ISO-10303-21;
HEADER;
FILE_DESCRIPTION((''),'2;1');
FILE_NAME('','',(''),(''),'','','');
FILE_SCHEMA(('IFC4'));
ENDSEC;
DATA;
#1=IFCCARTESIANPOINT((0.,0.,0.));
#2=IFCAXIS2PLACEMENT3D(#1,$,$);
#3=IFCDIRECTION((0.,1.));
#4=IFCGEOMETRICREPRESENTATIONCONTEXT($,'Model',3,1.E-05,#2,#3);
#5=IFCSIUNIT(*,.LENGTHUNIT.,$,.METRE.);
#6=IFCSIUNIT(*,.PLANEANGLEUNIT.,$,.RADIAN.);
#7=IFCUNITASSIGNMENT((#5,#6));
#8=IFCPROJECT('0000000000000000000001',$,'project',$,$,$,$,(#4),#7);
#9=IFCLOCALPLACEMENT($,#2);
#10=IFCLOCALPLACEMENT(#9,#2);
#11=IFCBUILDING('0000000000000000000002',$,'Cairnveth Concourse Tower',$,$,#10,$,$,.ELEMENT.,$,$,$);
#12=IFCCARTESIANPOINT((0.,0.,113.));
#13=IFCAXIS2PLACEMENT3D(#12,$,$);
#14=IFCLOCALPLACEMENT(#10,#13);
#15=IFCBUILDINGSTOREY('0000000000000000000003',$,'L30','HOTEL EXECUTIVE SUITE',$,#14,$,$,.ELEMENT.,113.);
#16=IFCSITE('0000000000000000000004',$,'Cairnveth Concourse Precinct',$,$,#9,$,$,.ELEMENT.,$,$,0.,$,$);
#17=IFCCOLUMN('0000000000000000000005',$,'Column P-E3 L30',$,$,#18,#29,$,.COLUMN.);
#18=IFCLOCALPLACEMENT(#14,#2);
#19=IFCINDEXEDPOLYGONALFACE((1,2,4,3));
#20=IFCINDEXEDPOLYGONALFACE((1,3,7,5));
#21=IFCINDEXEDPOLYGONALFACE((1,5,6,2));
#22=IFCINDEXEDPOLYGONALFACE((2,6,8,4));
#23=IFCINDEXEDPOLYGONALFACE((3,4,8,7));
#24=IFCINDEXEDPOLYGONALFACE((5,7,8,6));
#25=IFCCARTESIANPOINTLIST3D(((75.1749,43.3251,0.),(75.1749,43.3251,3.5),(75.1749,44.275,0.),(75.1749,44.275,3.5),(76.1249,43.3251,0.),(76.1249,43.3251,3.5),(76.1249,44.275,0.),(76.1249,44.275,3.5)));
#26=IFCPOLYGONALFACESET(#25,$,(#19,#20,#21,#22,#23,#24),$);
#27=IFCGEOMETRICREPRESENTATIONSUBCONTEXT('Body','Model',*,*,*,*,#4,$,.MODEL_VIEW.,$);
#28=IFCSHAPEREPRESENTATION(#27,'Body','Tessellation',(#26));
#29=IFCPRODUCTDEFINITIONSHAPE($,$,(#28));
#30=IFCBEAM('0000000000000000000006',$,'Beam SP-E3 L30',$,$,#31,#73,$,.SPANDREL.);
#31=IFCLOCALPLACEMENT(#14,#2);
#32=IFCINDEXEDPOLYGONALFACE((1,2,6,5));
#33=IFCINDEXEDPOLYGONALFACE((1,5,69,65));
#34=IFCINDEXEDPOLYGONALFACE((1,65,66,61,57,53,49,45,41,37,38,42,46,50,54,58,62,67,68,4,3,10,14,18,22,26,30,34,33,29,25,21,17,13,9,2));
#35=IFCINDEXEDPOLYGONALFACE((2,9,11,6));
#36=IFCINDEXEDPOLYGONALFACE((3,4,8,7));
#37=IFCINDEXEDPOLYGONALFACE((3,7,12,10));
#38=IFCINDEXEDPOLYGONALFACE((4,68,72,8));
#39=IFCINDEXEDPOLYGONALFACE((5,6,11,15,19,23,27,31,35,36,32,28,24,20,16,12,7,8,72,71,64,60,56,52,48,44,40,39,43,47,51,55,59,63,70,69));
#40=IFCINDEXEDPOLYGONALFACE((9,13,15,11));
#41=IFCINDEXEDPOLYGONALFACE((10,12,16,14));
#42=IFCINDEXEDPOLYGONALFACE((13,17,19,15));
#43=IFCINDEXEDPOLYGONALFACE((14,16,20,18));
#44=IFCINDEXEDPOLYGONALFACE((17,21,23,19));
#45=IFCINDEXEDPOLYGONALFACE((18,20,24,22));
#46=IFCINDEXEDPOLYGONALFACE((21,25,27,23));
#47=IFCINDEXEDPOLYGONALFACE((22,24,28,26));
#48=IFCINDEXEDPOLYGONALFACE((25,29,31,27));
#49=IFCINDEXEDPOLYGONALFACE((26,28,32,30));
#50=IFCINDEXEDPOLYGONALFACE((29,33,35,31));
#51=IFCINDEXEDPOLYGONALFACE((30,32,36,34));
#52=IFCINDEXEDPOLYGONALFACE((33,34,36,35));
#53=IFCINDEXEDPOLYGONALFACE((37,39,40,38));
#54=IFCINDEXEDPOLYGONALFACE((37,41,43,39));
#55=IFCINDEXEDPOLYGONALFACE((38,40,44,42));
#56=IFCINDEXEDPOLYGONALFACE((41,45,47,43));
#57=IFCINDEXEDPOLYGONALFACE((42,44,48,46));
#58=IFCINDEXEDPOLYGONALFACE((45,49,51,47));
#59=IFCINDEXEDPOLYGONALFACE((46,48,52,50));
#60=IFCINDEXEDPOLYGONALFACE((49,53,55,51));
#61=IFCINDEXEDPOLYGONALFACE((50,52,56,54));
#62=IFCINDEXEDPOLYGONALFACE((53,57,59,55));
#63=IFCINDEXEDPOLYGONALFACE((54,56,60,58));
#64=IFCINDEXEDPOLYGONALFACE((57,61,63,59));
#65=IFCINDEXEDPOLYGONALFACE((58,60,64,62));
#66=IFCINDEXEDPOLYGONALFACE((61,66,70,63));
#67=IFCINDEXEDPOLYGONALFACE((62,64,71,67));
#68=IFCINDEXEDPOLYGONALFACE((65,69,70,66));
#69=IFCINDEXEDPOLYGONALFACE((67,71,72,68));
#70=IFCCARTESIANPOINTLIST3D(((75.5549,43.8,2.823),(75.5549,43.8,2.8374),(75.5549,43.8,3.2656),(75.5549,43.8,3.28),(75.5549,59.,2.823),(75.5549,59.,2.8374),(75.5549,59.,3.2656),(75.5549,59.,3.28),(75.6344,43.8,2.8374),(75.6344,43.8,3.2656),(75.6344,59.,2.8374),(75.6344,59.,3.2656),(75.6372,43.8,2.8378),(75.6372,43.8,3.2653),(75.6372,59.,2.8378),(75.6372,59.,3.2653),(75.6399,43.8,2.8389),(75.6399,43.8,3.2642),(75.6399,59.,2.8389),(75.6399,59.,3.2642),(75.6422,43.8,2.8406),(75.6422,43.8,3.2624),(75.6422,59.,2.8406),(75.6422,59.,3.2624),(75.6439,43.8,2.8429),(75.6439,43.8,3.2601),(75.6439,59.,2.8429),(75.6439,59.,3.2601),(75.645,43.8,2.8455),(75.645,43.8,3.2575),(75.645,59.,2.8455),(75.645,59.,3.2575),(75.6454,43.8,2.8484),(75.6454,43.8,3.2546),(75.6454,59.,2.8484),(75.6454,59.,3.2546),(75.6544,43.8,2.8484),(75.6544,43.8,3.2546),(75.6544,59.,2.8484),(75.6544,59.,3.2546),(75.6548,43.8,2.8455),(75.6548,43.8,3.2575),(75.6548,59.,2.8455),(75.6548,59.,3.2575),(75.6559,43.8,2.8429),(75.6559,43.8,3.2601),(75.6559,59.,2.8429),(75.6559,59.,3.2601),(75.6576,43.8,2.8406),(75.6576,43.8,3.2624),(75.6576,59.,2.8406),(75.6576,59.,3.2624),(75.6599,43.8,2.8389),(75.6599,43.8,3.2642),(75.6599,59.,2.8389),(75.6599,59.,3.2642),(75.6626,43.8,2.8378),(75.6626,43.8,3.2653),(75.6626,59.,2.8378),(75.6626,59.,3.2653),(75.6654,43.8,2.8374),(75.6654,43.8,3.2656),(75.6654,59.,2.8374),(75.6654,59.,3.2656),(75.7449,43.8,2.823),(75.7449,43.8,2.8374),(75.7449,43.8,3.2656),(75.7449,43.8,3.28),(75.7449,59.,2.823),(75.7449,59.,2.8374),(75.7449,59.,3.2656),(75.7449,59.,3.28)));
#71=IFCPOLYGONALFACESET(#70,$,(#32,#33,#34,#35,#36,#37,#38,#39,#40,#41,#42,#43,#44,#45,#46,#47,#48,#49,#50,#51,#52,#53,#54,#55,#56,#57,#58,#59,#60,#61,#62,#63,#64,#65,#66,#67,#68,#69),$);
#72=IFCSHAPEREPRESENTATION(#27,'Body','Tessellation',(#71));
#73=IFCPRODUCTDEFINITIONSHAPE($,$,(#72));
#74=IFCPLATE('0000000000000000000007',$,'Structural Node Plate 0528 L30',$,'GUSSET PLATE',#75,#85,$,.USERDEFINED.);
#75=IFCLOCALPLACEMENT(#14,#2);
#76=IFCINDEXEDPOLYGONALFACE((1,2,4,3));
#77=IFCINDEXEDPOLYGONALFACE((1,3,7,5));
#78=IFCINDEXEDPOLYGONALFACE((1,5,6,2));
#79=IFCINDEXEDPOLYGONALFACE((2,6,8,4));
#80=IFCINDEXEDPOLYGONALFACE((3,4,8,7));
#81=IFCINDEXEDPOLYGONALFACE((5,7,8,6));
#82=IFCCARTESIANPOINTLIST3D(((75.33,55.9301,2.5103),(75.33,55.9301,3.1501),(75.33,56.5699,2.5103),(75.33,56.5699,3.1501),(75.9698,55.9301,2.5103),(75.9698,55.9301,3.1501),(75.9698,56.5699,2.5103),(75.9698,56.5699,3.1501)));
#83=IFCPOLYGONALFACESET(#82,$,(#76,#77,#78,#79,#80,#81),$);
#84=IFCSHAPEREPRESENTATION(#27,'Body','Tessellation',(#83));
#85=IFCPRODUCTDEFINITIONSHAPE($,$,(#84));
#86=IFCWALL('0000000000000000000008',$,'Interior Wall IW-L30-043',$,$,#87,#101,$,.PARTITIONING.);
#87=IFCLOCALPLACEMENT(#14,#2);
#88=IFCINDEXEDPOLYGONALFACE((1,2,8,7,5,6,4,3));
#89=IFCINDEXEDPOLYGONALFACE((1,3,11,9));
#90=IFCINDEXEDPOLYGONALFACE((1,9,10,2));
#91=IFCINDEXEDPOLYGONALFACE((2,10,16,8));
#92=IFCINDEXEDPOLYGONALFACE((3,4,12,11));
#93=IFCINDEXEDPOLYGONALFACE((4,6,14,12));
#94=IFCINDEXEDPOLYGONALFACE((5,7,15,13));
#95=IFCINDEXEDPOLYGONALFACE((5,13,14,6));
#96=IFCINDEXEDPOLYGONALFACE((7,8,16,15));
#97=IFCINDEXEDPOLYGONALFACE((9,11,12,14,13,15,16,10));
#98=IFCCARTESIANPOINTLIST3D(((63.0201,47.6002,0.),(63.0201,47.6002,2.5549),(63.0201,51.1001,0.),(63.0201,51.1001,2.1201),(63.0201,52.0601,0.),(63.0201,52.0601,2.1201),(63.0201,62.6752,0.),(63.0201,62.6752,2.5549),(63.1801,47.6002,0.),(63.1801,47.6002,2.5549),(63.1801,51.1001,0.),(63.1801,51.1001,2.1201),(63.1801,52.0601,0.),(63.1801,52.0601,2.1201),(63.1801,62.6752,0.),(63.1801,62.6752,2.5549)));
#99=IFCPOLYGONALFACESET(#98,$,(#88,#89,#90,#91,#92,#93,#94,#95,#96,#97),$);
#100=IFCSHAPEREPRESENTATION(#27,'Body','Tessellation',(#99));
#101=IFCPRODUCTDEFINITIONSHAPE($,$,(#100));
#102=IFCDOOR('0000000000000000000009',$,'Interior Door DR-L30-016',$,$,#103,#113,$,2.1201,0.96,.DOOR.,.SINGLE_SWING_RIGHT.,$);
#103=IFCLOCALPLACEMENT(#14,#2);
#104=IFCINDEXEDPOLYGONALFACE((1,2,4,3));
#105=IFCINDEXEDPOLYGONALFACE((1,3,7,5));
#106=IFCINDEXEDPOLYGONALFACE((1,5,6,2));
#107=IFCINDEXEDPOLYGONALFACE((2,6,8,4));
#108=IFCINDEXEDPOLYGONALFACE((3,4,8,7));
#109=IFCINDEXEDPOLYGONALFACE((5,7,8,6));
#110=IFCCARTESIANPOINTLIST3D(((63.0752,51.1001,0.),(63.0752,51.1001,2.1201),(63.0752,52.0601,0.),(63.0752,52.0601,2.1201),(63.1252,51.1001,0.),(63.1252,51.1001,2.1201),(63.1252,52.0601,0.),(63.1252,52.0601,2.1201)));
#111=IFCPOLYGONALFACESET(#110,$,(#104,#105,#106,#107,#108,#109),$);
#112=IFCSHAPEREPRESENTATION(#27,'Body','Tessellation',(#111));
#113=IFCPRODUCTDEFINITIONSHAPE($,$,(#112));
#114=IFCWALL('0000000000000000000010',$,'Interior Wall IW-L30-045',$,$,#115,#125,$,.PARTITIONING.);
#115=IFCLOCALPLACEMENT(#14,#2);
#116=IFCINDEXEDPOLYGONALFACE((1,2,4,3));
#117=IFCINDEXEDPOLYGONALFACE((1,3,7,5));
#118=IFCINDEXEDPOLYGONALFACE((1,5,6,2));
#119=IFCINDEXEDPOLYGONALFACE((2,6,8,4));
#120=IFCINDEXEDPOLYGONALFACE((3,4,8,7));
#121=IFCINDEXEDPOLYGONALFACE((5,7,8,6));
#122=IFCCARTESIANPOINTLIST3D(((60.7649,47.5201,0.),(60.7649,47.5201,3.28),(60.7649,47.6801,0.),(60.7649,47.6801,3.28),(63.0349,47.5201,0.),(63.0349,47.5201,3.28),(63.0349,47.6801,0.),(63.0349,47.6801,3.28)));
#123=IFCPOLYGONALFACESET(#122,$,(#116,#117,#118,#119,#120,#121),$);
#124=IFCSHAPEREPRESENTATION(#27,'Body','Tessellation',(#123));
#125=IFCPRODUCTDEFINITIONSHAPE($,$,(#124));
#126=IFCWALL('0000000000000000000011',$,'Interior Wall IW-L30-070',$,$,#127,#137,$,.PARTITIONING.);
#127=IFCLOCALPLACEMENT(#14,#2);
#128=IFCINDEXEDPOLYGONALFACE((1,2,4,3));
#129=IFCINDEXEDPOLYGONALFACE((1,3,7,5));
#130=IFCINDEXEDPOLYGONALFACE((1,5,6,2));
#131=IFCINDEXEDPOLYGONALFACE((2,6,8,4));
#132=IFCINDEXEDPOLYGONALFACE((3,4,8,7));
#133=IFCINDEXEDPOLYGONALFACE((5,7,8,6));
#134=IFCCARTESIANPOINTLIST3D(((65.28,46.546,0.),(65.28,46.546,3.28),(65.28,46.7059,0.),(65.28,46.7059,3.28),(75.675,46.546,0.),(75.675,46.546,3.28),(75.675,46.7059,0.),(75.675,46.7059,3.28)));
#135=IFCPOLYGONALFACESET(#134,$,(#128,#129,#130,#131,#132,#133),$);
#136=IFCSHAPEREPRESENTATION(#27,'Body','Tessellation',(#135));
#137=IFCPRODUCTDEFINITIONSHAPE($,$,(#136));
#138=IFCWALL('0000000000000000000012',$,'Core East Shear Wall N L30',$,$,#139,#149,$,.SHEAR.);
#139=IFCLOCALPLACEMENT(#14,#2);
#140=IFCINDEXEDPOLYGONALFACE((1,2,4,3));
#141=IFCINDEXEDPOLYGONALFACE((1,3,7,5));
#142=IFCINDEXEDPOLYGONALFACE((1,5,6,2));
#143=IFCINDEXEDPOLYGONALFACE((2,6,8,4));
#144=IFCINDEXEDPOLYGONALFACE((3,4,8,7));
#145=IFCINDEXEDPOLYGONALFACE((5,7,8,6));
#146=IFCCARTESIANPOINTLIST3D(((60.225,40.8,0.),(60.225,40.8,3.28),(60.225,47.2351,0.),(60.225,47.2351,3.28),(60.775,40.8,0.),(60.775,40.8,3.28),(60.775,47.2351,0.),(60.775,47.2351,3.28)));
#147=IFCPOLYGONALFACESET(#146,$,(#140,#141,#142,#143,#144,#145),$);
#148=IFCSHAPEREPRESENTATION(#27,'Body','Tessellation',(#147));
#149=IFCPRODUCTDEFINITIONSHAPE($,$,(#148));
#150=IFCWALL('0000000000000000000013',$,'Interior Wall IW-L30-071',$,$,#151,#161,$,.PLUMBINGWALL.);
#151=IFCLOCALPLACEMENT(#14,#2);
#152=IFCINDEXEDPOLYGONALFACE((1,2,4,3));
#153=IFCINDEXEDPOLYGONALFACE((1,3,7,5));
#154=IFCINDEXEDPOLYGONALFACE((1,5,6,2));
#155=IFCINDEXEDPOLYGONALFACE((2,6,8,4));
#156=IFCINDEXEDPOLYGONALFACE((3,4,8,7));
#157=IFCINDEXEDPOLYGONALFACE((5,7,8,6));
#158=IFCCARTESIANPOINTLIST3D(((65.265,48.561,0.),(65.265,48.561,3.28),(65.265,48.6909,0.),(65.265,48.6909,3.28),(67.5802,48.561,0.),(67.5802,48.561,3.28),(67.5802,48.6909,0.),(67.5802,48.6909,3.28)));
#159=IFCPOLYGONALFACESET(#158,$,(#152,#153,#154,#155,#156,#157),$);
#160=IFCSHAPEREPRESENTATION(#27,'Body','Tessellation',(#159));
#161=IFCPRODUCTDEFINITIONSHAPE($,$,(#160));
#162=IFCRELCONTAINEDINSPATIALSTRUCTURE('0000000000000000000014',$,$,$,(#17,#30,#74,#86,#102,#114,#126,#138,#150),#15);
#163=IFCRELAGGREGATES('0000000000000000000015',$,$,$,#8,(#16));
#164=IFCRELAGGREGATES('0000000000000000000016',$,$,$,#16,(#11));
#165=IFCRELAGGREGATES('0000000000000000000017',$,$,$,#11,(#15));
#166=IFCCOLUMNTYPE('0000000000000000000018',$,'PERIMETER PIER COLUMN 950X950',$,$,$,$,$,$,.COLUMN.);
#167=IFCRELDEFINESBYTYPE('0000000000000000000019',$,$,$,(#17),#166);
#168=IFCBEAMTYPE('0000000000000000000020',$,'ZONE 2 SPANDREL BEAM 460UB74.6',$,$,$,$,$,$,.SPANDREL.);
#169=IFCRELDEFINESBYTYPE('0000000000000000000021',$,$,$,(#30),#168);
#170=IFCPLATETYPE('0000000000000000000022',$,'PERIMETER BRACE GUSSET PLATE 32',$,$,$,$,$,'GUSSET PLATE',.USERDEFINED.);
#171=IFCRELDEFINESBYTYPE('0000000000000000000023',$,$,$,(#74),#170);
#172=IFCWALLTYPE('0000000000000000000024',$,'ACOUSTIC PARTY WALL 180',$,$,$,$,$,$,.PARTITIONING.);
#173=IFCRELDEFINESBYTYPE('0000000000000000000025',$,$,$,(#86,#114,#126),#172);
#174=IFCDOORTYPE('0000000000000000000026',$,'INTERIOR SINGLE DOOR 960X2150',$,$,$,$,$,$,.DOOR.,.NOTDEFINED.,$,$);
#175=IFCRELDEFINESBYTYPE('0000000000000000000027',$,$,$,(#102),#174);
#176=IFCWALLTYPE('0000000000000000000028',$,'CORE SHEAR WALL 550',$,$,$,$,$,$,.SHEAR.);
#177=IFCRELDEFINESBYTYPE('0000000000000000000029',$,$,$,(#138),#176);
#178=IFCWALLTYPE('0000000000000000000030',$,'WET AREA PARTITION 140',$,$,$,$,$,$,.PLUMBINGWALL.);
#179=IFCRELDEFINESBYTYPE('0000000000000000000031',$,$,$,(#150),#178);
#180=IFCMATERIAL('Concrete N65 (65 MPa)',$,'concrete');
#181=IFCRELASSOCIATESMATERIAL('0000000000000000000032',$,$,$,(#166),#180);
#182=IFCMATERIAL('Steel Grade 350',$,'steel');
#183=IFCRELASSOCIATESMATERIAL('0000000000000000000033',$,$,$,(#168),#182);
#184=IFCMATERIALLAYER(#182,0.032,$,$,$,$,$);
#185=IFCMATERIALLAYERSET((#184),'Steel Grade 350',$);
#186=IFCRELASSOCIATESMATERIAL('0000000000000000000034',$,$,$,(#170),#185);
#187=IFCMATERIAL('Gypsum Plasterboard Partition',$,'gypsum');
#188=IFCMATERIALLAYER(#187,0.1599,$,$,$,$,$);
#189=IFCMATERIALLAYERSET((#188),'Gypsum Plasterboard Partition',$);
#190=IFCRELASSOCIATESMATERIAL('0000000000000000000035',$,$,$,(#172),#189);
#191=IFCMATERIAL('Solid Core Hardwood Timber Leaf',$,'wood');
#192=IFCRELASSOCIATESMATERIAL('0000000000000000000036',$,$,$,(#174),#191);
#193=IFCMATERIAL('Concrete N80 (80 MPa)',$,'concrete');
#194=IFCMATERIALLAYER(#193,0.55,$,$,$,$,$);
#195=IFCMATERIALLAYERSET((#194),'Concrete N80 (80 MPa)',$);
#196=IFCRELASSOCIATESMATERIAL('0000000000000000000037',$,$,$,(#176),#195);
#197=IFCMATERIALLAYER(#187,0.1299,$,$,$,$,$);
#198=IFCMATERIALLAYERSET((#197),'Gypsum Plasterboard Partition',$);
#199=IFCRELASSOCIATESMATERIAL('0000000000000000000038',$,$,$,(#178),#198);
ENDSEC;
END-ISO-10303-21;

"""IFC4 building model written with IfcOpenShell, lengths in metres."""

from ifc_helpers import new_model, si_unit, direction, frame, frame_2d, origin, origin_2d, place, context, subcontext, project, spatial, rectangle, i_section, extrude, material, layer, layer_set, material_profile, profile_set, type_object, element, fill, save


model = new_model("IFC4")

# Units and contexts
model_context = context("Model", 3, precision=1e-05, world=origin(), true_north=direction((0.0, 1.0)))
body_context = subcontext(model_context, "Body", "Model", "MODEL_VIEW")
ifc_project = project(units=[si_unit("LENGTHUNIT", "METRE"), si_unit("PLANEANGLEUNIT", "RADIAN")], contexts=[model_context])

# Site, building, storey
site_placement = place(None, origin())
site = spatial("IfcSite", under=ifc_project, at=site_placement, Name="Cairnveth Concourse Precinct", CompositionType="ELEMENT", RefElevation=0.0)
building_placement = place(site_placement, origin())
building = spatial("IfcBuilding", under=site, at=building_placement, Name="Cairnveth Concourse Tower", CompositionType="ELEMENT")
storey_placement = place(building_placement, frame((0.0, 0.0, 113.0)))
storey = spatial("IfcBuildingStorey", under=building, at=storey_placement, Name="L30", Description="HOTEL EXECUTIVE SUITE", CompositionType="ELEMENT", Elevation=113.0)

# Column
ifc_material_1 = material(Name="Concrete N65 (65 MPa)", Category="concrete")
ifc_material_profile_1 = material_profile(ifc_material_1, rectangle(XDim=0.95, YDim=0.95, at=origin_2d()), Name="RC-COL-950x950")
ifc_profile_set_1 = profile_set([ifc_material_profile_1], Name="Concrete N65 (65 MPa)")
column_type = type_object("IfcColumnType", Name="PERIMETER PIER COLUMN 950X950", PredefinedType="COLUMN", material=ifc_profile_set_1)
column_placement = place(storey_placement, frame((75.6499, 43.8, 0.0), z_axis=(0.0, 0.0, 1.0), x_axis=(0.0, 1.0, 0.0)))
element("IfcColumn", 1, at=column_placement, inside=storey, type_object=column_type, Name="Column P-E3 L30", PredefinedType="COLUMN", context=body_context, shape_type="SweptSolid", body=[
    extrude(rectangle(XDim=0.95, YDim=0.95, at=origin_2d()), origin(), (0.0, 0.0, 1.0), 3.5),
])

# Beam
ifc_material_2 = material(Name="Steel Grade 350", Category="steel")
ifc_material_profile_2 = material_profile(ifc_material_2, i_section(OverallWidth=0.1899, OverallDepth=0.457, WebThickness=0.009, FlangeThickness=0.0144, FilletRadius=0.011, at=origin_2d()), Name="460UB74.6")
ifc_profile_set_2 = profile_set([ifc_material_profile_2], Name="Steel Grade 350")
beam_type = type_object("IfcBeamType", Name="ZONE 2 SPANDREL BEAM 460UB74.6", PredefinedType="SPANDREL", material=ifc_profile_set_2)
beam_placement = place(storey_placement, frame((75.6499, 43.8, 3.0515), z_axis=(0.0, 1.0, 0.0), x_axis=(-1.0, 0.0, 0.0)))
element("IfcBeam", 2, at=beam_placement, inside=storey, type_object=beam_type, Name="Beam SP-E3 L30", PredefinedType="SPANDREL", context=body_context, shape_type="SweptSolid", body=[
    extrude(i_section(OverallWidth=0.1899, OverallDepth=0.457, WebThickness=0.009, FlangeThickness=0.0144, FilletRadius=0.011, at=origin_2d()), origin(), (0.0, 0.0, 1.0), 15.2),
])

# Plate
ifc_layer_1 = layer(ifc_material_2, 0.032)
ifc_layer_set_1 = layer_set([ifc_layer_1], Name="Steel Grade 350")
plate_type = type_object("IfcPlateType", Name="PERIMETER BRACE GUSSET PLATE 32", ElementType="GUSSET PLATE", PredefinedType="USERDEFINED", material=ifc_layer_set_1)
plate_placement = place(storey_placement, frame((75.6499, 56.25, 2.5103), z_axis=(0.0, 0.0, 1.0), x_axis=(1.0, 0.0, 0.0)))
element("IfcPlate", 3, at=plate_placement, inside=storey, type_object=plate_type, Name="Structural Node Plate 0528 L30", ObjectType="GUSSET PLATE", PredefinedType="USERDEFINED", context=body_context, shape_type="SweptSolid", body=[
    extrude(rectangle(XDim=0.6399, YDim=0.6399, at=origin_2d()), origin(), (0.0, 0.0, 1.0), 0.6399),
])

# Wall, opening, door
ifc_material_3 = material(Name="Gypsum Plasterboard Partition", Category="gypsum")
ifc_layer_2 = layer(ifc_material_3, 0.1599)
ifc_layer_set_2 = layer_set([ifc_layer_2], Name="Gypsum Plasterboard Partition")
wall_type_1 = type_object("IfcWallType", Name="ACOUSTIC PARTY WALL 180", PredefinedType="PARTITIONING", material=ifc_layer_set_2)
wall_1_placement = place(storey_placement, frame((63.1001, 47.6001, 0.0), z_axis=(0.0, 0.0, 1.0), x_axis=(0.0, 1.0, 0.0)))
wall_1 = element("IfcWall", 4, at=wall_1_placement, inside=storey, type_object=wall_type_1, Name="Interior Wall IW-L30-043", PredefinedType="PARTITIONING", context=body_context, shape_type="SweptSolid", body=[
    extrude(rectangle(XDim=15.075, YDim=0.1599, at=frame_2d((7.5376, 0.0))), origin(), (0.0, 0.0, 1.0), 2.5549),
])
opening_1_placement = place(wall_1_placement, frame((3.5, 0.0, 0.0)))
opening_1 = element("IfcOpeningElement", 5, at=opening_1_placement, cuts=wall_1, PredefinedType="OPENING", context=body_context, shape_type="SweptSolid", body=[
    extrude(rectangle(XDim=0.96, YDim=2.1201, at=frame_2d((0.48, 1.0601))), frame((0.0, 0.0898, 0.0), z_axis=(0.0, -1.0, 0.0), x_axis=(1.0, 0.0, 0.0)), (0.0, 0.0, 1.0), 0.1799),
])
ifc_material_4 = material(Name="Solid Core Hardwood Timber Leaf", Category="wood")
door_type_1 = type_object("IfcDoorType", Name="INTERIOR SINGLE DOOR 960X2150", OperationType="NOTDEFINED", PredefinedType="DOOR", material=ifc_material_4)
door_1_placement = place(opening_1_placement, origin())
door_1 = element("IfcDoor", 6, at=door_1_placement, inside=storey, type_object=door_type_1, Name="Interior Door DR-L30-016", OperationType="SINGLE_SWING_RIGHT", OverallHeight=2.1201, OverallWidth=0.96, PredefinedType="DOOR", context=body_context, shape_type="SweptSolid", body=[
    extrude(rectangle(XDim=0.96, YDim=2.1201, at=frame_2d((0.48, 1.0601))), frame((0.0, 0.0249, 0.0), z_axis=(0.0, -1.0, 0.0), x_axis=(1.0, 0.0, 0.0)), (0.0, 0.0, 1.0), 0.05),
])
fill(opening_1, door_1)

# Walls
wall_2_placement = place(storey_placement, frame((60.7649, 47.6001, 0.0), z_axis=(0.0, 0.0, 1.0), x_axis=(1.0, 0.0, 0.0)))
element("IfcWall", 7, at=wall_2_placement, inside=storey, type_object=wall_type_1, Name="Interior Wall IW-L30-045", PredefinedType="PARTITIONING", context=body_context, shape_type="SweptSolid", body=[
    extrude(rectangle(XDim=2.27, YDim=0.1599, at=frame_2d((1.135, 0.0))), origin(), (0.0, 0.0, 1.0), 3.28),
])
wall_3_placement = place(storey_placement, frame((65.28, 46.626, 0.0), z_axis=(0.0, 0.0, 1.0), x_axis=(1.0, 0.0, 0.0)))
element("IfcWall", 8, at=wall_3_placement, inside=storey, type_object=wall_type_1, Name="Interior Wall IW-L30-070", PredefinedType="PARTITIONING", context=body_context, shape_type="SweptSolid", body=[
    extrude(rectangle(XDim=10.395, YDim=0.1599, at=frame_2d((5.1975, 0.0))), origin(), (0.0, 0.0, 1.0), 3.28),
])
ifc_material_5 = material(Name="Concrete N80 (80 MPa)", Category="concrete")
ifc_layer_3 = layer(ifc_material_5, 0.55)
ifc_layer_set_3 = layer_set([ifc_layer_3], Name="Concrete N80 (80 MPa)")
wall_type_2 = type_object("IfcWallType", Name="CORE SHEAR WALL 550", PredefinedType="SHEAR", material=ifc_layer_set_3)
wall_4_placement = place(storey_placement, frame((60.5, 40.8, 0.0), z_axis=(0.0, 0.0, 1.0), x_axis=(0.0, 1.0, 0.0)))
element("IfcWall", 9, at=wall_4_placement, inside=storey, type_object=wall_type_2, Name="Core East Shear Wall N L30", PredefinedType="SHEAR", context=body_context, shape_type="SweptSolid", body=[
    extrude(rectangle(XDim=6.4351, YDim=0.55, at=frame_2d((3.2175, 0.0))), origin(), (0.0, 0.0, 1.0), 3.28),
])

# Wall
ifc_layer_4 = layer(ifc_material_3, 0.1299)
ifc_layer_set_4 = layer_set([ifc_layer_4], Name="Gypsum Plasterboard Partition")
wall_type_3 = type_object("IfcWallType", Name="WET AREA PARTITION 140", PredefinedType="PLUMBINGWALL", material=ifc_layer_set_4)
wall_5_placement = place(storey_placement, frame((65.2649, 48.626, 0.0), z_axis=(0.0, 0.0, 1.0), x_axis=(1.0, 0.0, 0.0)))
element("IfcWall", 10, at=wall_5_placement, inside=storey, type_object=wall_type_3, Name="Interior Wall IW-L30-071", PredefinedType="PLUMBINGWALL", context=body_context, shape_type="SweptSolid", body=[
    extrude(rectangle(XDim=2.3152, YDim=0.1299, at=frame_2d((1.1577, 0.0))), origin(), (0.0, 0.0, 1.0), 3.28),
])

save(model, "model.ifc")
